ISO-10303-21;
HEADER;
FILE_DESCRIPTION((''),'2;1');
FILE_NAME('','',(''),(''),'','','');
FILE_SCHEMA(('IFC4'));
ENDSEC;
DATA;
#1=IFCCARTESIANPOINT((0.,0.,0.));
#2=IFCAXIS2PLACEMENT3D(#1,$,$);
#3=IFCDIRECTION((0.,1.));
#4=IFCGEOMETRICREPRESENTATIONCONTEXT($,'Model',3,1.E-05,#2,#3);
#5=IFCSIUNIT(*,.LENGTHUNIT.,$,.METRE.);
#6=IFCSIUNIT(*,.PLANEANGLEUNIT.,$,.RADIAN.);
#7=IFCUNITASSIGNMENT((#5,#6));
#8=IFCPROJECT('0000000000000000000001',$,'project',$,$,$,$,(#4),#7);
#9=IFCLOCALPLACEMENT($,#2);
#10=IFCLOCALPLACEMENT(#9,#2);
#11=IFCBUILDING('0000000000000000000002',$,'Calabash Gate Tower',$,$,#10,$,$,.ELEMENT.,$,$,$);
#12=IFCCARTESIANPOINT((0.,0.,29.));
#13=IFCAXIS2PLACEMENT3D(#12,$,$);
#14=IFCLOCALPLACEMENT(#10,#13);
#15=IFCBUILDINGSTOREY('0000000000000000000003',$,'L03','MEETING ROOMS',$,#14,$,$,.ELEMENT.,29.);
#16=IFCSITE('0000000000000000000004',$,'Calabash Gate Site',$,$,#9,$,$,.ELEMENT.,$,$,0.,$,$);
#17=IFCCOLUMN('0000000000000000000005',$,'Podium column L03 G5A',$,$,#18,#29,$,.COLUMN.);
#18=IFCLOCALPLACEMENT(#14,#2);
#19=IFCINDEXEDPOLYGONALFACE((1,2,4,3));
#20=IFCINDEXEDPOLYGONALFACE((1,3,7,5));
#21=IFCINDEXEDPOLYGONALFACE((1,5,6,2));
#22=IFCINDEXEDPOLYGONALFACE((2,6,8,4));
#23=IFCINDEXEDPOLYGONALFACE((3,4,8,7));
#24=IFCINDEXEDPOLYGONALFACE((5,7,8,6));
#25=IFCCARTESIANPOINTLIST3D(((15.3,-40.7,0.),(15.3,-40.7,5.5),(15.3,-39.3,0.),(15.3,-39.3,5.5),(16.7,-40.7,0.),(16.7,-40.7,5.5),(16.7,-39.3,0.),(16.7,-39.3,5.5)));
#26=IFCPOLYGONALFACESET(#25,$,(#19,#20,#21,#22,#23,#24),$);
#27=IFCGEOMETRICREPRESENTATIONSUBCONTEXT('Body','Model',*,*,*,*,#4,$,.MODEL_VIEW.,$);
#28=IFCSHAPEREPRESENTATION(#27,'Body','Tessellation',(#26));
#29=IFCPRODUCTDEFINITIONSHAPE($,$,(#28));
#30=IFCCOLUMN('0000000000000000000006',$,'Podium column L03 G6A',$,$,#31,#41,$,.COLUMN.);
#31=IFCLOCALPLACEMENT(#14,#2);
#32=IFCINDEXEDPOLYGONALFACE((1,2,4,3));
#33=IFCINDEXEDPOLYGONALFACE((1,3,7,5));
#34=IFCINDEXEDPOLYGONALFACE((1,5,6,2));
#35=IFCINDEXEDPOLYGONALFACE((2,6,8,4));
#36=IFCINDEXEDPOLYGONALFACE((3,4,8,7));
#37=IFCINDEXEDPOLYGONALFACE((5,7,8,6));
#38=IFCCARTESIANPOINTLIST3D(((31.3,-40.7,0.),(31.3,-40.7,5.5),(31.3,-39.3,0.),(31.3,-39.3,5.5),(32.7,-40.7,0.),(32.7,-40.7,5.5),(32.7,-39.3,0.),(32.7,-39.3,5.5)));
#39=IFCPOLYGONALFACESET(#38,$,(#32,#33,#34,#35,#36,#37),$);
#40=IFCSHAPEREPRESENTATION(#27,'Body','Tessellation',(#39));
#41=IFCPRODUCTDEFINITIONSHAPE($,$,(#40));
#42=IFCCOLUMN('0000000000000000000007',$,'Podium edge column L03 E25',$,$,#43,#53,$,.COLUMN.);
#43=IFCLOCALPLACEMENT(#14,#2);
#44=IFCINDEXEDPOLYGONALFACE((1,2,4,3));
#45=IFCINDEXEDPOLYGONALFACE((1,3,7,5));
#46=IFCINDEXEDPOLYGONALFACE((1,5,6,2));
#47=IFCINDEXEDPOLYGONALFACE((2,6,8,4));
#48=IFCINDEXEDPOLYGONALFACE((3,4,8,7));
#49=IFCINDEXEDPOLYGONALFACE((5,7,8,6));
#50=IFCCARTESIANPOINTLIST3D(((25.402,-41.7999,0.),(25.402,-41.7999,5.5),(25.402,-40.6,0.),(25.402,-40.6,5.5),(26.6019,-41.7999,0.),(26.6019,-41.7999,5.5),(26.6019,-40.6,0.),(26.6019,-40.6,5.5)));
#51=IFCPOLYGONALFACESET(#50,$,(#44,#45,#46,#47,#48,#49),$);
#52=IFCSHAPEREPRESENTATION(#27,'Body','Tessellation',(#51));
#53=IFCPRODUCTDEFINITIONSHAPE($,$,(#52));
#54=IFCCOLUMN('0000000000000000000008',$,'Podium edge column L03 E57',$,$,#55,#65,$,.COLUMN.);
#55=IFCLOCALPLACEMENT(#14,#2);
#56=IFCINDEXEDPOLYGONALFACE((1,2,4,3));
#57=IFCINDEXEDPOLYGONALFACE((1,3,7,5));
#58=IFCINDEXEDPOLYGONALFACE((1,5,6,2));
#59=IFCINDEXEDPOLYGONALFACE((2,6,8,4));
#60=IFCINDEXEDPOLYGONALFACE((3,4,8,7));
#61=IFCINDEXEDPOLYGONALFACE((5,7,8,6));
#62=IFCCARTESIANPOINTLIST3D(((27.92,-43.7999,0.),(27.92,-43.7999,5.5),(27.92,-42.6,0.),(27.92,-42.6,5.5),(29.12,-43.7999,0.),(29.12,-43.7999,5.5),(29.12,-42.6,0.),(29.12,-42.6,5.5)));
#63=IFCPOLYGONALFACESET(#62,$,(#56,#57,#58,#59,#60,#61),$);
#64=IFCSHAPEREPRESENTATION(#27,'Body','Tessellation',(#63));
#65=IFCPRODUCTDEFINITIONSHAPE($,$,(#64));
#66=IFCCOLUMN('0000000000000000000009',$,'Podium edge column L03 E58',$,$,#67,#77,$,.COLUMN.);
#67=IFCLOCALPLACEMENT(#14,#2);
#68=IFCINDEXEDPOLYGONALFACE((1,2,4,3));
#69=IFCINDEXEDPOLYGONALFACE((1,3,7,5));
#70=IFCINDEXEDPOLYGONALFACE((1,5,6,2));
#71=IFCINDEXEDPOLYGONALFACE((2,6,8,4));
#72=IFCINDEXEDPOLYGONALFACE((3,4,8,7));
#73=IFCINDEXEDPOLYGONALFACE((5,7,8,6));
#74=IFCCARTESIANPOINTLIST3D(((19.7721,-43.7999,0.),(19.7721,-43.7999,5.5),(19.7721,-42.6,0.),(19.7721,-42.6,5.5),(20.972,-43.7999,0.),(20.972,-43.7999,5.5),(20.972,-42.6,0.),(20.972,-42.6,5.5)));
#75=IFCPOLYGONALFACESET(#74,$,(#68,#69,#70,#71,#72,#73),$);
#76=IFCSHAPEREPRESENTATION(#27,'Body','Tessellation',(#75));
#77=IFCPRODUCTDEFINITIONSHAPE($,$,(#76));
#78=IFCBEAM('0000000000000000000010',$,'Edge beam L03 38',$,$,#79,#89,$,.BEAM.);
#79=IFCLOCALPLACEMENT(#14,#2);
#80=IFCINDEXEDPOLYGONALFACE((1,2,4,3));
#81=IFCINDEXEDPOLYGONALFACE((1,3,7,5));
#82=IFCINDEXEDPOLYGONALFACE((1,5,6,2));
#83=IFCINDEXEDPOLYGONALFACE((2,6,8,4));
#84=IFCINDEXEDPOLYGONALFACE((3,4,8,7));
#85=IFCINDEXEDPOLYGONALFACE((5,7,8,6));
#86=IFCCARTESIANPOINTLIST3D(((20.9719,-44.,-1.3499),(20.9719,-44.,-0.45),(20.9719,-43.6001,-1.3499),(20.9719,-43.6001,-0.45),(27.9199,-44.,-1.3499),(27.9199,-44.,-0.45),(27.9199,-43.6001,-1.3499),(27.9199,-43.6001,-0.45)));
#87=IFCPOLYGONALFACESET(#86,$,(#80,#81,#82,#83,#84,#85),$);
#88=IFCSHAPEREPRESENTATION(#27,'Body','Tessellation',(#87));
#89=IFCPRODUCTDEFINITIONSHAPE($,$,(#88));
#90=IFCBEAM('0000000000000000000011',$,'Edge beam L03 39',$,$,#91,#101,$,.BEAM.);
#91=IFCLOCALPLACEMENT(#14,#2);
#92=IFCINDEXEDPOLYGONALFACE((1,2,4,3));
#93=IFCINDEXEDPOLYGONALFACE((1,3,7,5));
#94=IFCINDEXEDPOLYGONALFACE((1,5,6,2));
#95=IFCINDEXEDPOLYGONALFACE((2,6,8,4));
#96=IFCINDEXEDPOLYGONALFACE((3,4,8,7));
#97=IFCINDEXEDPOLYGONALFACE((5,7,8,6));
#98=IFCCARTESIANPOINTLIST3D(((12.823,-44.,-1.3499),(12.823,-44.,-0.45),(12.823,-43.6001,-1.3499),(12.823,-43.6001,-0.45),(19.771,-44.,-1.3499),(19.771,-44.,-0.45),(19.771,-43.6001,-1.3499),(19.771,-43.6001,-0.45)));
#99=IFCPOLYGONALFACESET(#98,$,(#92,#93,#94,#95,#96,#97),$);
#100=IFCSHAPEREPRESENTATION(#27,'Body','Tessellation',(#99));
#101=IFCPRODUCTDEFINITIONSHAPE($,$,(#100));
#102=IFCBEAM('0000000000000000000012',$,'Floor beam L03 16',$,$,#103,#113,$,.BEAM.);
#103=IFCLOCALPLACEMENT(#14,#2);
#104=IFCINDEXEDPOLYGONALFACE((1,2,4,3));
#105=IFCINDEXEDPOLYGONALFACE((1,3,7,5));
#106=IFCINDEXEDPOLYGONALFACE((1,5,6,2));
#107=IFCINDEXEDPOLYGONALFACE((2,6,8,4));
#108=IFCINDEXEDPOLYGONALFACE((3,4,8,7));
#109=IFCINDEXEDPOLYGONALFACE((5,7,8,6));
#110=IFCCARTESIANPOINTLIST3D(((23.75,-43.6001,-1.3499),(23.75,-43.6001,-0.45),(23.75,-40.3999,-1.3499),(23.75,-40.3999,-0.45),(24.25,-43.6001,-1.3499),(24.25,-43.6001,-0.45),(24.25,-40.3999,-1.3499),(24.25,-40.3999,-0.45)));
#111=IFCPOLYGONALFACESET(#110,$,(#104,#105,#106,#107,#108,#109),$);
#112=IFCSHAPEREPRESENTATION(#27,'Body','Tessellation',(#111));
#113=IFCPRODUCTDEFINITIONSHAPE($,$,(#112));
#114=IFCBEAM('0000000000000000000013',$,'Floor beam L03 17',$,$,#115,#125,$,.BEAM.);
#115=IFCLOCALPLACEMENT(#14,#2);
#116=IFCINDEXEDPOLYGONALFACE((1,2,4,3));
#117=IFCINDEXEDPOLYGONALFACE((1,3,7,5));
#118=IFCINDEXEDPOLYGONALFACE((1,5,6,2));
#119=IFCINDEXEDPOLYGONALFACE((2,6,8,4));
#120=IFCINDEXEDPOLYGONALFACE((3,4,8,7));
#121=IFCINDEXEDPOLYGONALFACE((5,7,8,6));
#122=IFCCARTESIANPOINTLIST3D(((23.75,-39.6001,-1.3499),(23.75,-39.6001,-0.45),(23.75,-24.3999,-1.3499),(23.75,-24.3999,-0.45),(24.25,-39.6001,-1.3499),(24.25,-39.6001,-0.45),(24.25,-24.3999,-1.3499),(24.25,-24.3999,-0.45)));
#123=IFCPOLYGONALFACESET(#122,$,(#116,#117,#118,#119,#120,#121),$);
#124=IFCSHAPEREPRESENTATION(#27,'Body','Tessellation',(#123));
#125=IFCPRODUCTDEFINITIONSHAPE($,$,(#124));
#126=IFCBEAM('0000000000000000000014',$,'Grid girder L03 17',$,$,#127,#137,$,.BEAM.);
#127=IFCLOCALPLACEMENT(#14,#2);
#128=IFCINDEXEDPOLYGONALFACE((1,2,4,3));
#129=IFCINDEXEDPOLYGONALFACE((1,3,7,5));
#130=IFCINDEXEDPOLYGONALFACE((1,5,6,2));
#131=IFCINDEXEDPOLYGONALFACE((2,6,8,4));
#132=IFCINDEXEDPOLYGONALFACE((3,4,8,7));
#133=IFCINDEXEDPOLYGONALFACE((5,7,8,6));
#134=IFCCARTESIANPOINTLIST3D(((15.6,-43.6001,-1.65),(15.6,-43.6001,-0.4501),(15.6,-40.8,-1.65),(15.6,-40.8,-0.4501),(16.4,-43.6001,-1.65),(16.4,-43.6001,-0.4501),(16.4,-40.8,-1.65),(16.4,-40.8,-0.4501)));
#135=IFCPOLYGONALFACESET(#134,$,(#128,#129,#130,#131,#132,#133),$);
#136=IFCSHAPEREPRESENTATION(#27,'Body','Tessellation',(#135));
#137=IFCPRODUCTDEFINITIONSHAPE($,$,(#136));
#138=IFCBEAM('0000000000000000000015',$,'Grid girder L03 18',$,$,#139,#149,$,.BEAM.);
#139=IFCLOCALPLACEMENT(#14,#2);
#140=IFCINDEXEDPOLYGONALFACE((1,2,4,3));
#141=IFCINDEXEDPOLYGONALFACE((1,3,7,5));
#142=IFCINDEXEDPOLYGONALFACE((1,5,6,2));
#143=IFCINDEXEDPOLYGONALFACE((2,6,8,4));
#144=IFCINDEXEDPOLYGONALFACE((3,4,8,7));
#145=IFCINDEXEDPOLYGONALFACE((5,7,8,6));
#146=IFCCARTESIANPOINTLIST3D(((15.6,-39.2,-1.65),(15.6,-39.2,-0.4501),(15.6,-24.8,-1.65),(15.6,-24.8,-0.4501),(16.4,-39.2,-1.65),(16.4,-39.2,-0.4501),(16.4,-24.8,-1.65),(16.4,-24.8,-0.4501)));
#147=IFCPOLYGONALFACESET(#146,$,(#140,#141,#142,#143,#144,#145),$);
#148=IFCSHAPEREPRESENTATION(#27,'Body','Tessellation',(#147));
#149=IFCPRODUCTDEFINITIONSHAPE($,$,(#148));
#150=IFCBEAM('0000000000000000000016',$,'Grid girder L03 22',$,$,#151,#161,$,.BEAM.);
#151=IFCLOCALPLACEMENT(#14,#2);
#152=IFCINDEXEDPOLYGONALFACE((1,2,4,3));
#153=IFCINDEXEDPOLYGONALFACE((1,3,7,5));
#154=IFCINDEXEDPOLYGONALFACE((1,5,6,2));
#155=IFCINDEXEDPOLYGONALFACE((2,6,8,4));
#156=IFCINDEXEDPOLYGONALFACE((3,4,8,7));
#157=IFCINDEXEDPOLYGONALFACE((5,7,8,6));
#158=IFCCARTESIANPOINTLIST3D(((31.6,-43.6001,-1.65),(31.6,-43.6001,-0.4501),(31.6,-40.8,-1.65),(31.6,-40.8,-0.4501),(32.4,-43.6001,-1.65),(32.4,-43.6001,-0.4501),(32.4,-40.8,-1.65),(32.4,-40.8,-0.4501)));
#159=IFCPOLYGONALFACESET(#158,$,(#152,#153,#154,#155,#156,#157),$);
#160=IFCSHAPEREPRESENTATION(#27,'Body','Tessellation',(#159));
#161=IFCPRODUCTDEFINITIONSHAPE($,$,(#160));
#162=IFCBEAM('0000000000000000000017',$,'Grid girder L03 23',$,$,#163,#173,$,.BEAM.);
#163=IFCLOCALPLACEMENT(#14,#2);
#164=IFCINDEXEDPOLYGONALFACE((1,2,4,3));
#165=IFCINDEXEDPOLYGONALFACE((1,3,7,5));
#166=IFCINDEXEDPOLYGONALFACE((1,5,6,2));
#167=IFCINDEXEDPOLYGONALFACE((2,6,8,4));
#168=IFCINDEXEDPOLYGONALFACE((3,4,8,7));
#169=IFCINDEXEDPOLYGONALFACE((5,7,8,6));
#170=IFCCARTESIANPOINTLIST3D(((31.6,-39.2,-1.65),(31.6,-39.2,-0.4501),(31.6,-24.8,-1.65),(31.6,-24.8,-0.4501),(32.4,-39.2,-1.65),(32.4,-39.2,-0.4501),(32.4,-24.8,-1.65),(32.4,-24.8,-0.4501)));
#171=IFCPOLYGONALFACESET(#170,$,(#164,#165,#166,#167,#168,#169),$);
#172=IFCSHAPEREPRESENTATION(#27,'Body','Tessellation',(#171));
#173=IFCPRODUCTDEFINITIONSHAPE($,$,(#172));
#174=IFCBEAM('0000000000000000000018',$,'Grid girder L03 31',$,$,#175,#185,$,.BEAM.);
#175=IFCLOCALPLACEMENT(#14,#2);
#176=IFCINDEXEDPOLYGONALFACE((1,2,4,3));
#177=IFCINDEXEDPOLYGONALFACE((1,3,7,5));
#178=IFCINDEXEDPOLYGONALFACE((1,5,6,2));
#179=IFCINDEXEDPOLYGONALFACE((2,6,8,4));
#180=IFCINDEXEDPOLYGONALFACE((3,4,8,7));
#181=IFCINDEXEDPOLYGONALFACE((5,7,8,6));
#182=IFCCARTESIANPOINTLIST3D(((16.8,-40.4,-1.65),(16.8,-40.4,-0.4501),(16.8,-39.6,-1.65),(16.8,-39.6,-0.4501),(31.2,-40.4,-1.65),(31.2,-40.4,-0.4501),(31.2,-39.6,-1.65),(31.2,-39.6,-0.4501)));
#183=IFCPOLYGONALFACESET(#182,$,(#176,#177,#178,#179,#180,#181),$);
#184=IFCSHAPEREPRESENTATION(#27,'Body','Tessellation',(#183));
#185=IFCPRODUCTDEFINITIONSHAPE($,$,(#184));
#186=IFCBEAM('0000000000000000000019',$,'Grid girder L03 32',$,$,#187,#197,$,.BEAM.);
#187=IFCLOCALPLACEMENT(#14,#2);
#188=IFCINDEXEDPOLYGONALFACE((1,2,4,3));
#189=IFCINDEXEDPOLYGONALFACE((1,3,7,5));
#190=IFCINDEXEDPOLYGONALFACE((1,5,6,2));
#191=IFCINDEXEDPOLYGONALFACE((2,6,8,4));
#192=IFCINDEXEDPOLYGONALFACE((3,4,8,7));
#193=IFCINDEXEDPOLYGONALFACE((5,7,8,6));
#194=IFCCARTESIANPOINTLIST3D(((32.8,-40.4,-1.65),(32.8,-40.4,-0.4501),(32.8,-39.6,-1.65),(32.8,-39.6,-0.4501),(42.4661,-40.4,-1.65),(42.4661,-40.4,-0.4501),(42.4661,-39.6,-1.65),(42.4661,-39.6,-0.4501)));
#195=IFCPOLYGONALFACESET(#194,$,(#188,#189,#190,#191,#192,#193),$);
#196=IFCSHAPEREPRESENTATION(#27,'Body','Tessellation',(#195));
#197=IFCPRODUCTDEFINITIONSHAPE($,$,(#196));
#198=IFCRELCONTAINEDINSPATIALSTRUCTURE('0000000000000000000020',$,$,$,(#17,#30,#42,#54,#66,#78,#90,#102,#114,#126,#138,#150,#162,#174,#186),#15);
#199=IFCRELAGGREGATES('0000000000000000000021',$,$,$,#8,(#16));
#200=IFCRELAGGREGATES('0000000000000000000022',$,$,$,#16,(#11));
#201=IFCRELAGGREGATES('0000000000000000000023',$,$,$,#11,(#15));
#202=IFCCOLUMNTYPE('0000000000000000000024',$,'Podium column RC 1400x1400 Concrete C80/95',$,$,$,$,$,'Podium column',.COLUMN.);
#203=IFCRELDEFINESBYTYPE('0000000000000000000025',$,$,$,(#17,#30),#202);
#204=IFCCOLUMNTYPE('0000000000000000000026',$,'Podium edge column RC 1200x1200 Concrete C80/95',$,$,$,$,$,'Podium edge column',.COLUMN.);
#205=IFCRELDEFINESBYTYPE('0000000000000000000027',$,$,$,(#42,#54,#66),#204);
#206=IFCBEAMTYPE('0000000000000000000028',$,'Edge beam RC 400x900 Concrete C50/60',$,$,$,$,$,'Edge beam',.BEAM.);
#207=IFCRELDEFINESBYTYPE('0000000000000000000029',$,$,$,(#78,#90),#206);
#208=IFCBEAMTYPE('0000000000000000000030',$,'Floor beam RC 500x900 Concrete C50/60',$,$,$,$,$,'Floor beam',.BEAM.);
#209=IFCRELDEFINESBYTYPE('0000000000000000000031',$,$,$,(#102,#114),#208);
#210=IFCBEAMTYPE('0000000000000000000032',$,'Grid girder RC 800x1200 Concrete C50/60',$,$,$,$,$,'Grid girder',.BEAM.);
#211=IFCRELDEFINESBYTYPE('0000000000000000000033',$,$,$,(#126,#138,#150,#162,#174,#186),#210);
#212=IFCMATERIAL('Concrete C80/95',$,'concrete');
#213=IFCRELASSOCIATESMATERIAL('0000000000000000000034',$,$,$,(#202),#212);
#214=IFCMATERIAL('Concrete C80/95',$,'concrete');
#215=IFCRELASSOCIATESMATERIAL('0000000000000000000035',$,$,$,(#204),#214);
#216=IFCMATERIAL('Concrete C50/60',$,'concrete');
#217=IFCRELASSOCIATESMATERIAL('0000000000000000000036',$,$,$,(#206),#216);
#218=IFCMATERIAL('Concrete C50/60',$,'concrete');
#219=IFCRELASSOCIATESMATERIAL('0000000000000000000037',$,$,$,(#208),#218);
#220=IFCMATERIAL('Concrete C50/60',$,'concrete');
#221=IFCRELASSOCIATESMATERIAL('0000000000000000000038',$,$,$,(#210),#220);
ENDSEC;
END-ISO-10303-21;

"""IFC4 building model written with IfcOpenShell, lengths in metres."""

from ifc_helpers import new_model, si_unit, direction, frame, origin, origin_2d, place, context, subcontext, project, spatial, rectangle, extrude, material, material_profile, profile_set, type_object, element, save


model = new_model("IFC4")

# Units and contexts
model_context = context("Model", 3, precision=1e-05, world=origin(), true_north=direction((0.0, 1.0)))
body_context = subcontext(model_context, "Body", "Model", "MODEL_VIEW")
ifc_project = project(units=[si_unit("LENGTHUNIT", "METRE"), si_unit("PLANEANGLEUNIT", "RADIAN")], contexts=[model_context])

# Site, building, storey
site_placement = place(None, origin())
site = spatial("IfcSite", under=ifc_project, at=site_placement, Name="Calabash Gate Site", CompositionType="ELEMENT", RefElevation=0.0)
building_placement = place(site_placement, origin())
building = spatial("IfcBuilding", under=site, at=building_placement, Name="Calabash Gate Tower", CompositionType="ELEMENT")
storey_placement = place(building_placement, frame((0.0, 0.0, 29.0)))
storey = spatial("IfcBuildingStorey", under=building, at=storey_placement, Name="L03", Description="MEETING ROOMS", CompositionType="ELEMENT", Elevation=29.0)

# Columns
ifc_material_1 = material(Name="Concrete C80/95", Category="concrete")
ifc_material_profile_1 = material_profile(ifc_material_1, rectangle(XDim=1.3999, YDim=1.3999, at=origin_2d()))
ifc_profile_set_1 = profile_set([ifc_material_profile_1], Name="Concrete C80/95")
column_type_1 = type_object("IfcColumnType", Name="Podium column RC 1400x1400 Concrete C80/95", ElementType="Podium column", PredefinedType="COLUMN", material=ifc_profile_set_1)
for number, where, z_axis, x_axis, name in (
    (1, (16.0, -40.0, 0.0), (0.0, 0.0, 1.0), (1.0, 0.0, 0.0), "Podium column L03 G5A"),
    (2, (32.0, -40.0, 0.0), (0.0, 0.0, 1.0), (1.0, 0.0, 0.0), "Podium column L03 G6A"),
):
    element("IfcColumn", number, at=place(storey_placement, frame(where, z_axis=z_axis, x_axis=x_axis)), inside=storey, type_object=column_type_1, Name=name, PredefinedType="COLUMN", context=body_context, shape_type="SweptSolid", body=[
        extrude(rectangle(XDim=1.3999, YDim=1.3999, at=origin_2d()), origin(), (0.0, 0.0, 1.0), 5.5),
    ])
ifc_material_2 = material(Name="Concrete C80/95", Category="concrete")
ifc_material_profile_2 = material_profile(ifc_material_2, rectangle(XDim=1.2, YDim=1.2, at=origin_2d()))
ifc_profile_set_2 = profile_set([ifc_material_profile_2], Name="Concrete C80/95")
column_type_2 = type_object("IfcColumnType", Name="Podium edge column RC 1200x1200 Concrete C80/95", ElementType="Podium edge column", PredefinedType="COLUMN", material=ifc_profile_set_2)
for number, where, z_axis, x_axis, name in (
    (3, (26.002, -41.2, 0.0), (0.0, 0.0, 1.0), (1.0, 0.0, 0.0), "Podium edge column L03 E25"),
    (4, (28.52, -43.2, 0.0), (0.0, 0.0, 1.0), (1.0, 0.0, 0.0), "Podium edge column L03 E57"),
    (5, (20.3721, -43.2, 0.0), (0.0, 0.0, 1.0), (1.0, 0.0, 0.0), "Podium edge column L03 E58"),
):
    element("IfcColumn", number, at=place(storey_placement, frame(where, z_axis=z_axis, x_axis=x_axis)), inside=storey, type_object=column_type_2, Name=name, PredefinedType="COLUMN", context=body_context, shape_type="SweptSolid", body=[
        extrude(rectangle(XDim=1.2, YDim=1.2, at=origin_2d()), origin(), (0.0, 0.0, 1.0), 5.5),
    ])

# Beams
ifc_material_3 = material(Name="Concrete C50/60", Category="concrete")
ifc_material_profile_3 = material_profile(ifc_material_3, rectangle(XDim=0.3999, YDim=0.8999, at=origin_2d()))
ifc_profile_set_3 = profile_set([ifc_material_profile_3], Name="Concrete C50/60")
beam_type_1 = type_object("IfcBeamType", Name="Edge beam RC 400x900 Concrete C50/60", ElementType="Edge beam", PredefinedType="BEAM", material=ifc_profile_set_3)
for number, where, z_axis, x_axis, name in (
    (6, (27.9199, -43.8, -0.8999), (-1.0, 0.0, 0.0), (0.0, -1.0, 0.0), "Edge beam L03 38"),
    (7, (19.771, -43.8, -0.8999), (-1.0, 0.0, 0.0), (0.0, -1.0, 0.0), "Edge beam L03 39"),
):
    element("IfcBeam", number, at=place(storey_placement, frame(where, z_axis=z_axis, x_axis=x_axis)), inside=storey, type_object=beam_type_1, Name=name, PredefinedType="BEAM", context=body_context, shape_type="SweptSolid", body=[
        extrude(rectangle(XDim=0.3999, YDim=0.8999, at=origin_2d()), origin(), (0.0, 0.0, 1.0), 6.948),
    ])
ifc_material_4 = material(Name="Concrete C50/60", Category="concrete")
ifc_material_profile_4 = material_profile(ifc_material_4, rectangle(XDim=0.5, YDim=0.8999, at=origin_2d()))
ifc_profile_set_4 = profile_set([ifc_material_profile_4], Name="Concrete C50/60")
beam_type_2 = type_object("IfcBeamType", Name="Floor beam RC 500x900 Concrete C50/60", ElementType="Floor beam", PredefinedType="BEAM", material=ifc_profile_set_4)
beam_1_placement = place(storey_placement, frame((24.0, -43.6001, -0.8999), z_axis=(0.0, 1.0, 0.0), x_axis=(-1.0, 0.0, 0.0)))
element("IfcBeam", 8, at=beam_1_placement, inside=storey, type_object=beam_type_2, Name="Floor beam L03 16", PredefinedType="BEAM", context=body_context, shape_type="SweptSolid", body=[
    extrude(rectangle(XDim=0.5, YDim=0.8999, at=origin_2d()), origin(), (0.0, 0.0, 1.0), 3.2002),
])
beam_2_placement = place(storey_placement, frame((24.0, -39.6001, -0.8999), z_axis=(0.0, 1.0, 0.0), x_axis=(-1.0, 0.0, 0.0)))
element("IfcBeam", 9, at=beam_2_placement, inside=storey, type_object=beam_type_2, Name="Floor beam L03 17", PredefinedType="BEAM", context=body_context, shape_type="SweptSolid", body=[
    extrude(rectangle(XDim=0.5, YDim=0.8999, at=origin_2d()), origin(), (0.0, 0.0, 1.0), 15.2002),
])
ifc_material_5 = material(Name="Concrete C50/60", Category="concrete")
ifc_material_profile_5 = material_profile(ifc_material_5, rectangle(XDim=0.8, YDim=1.2, at=origin_2d()))
ifc_profile_set_5 = profile_set([ifc_material_profile_5], Name="Concrete C50/60")
beam_type_3 = type_object("IfcBeamType", Name="Grid girder RC 800x1200 Concrete C50/60", ElementType="Grid girder", PredefinedType="BEAM", material=ifc_profile_set_5)
beam_3_placement = place(storey_placement, frame((16.0, -43.6001, -1.05), z_axis=(0.0, 1.0, 0.0), x_axis=(-1.0, 0.0, 0.0)))
element("IfcBeam", 10, at=beam_3_placement, inside=storey, type_object=beam_type_3, Name="Grid girder L03 17", PredefinedType="BEAM", context=body_context, shape_type="SweptSolid", body=[
    extrude(rectangle(XDim=0.8, YDim=1.2, at=origin_2d()), origin(), (0.0, 0.0, 1.0), 2.8),
])
beam_4_placement = place(storey_placement, frame((16.0, -39.2, -1.05), z_axis=(0.0, 1.0, 0.0), x_axis=(-1.0, 0.0, 0.0)))
element("IfcBeam", 11, at=beam_4_placement, inside=storey, type_object=beam_type_3, Name="Grid girder L03 18", PredefinedType="BEAM", context=body_context, shape_type="SweptSolid", body=[
    extrude(rectangle(XDim=0.8, YDim=1.2, at=origin_2d()), origin(), (0.0, 0.0, 1.0), 14.3999),
])
beam_5_placement = place(storey_placement, frame((32.0, -43.6001, -1.05), z_axis=(0.0, 1.0, 0.0), x_axis=(-1.0, 0.0, 0.0)))
element("IfcBeam", 12, at=beam_5_placement, inside=storey, type_object=beam_type_3, Name="Grid girder L03 22", PredefinedType="BEAM", context=body_context, shape_type="SweptSolid", body=[
    extrude(rectangle(XDim=0.8, YDim=1.2, at=origin_2d()), origin(), (0.0, 0.0, 1.0), 2.8),
])
for number, where, z_axis, x_axis, name in (
    (13, (32.0, -39.2, -1.05), (0.0, 1.0, 0.0), (-1.0, 0.0, 0.0), "Grid girder L03 23"),
    (14, (16.8, -40.0, -1.05), (1.0, 0.0, 0.0), (0.0, 1.0, 0.0), "Grid girder L03 31"),
):
    element("IfcBeam", number, at=place(storey_placement, frame(where, z_axis=z_axis, x_axis=x_axis)), inside=storey, type_object=beam_type_3, Name=name, PredefinedType="BEAM", context=body_context, shape_type="SweptSolid", body=[
        extrude(rectangle(XDim=0.8, YDim=1.2, at=origin_2d()), origin(), (0.0, 0.0, 1.0), 14.3999),
    ])
beam_6_placement = place(storey_placement, frame((32.8, -40.0, -1.05), z_axis=(1.0, 0.0, 0.0), x_axis=(0.0, 1.0, 0.0)))
element("IfcBeam", 15, at=beam_6_placement, inside=storey, type_object=beam_type_3, Name="Grid girder L03 32", PredefinedType="BEAM", context=body_context, shape_type="SweptSolid", body=[
    extrude(rectangle(XDim=0.8, YDim=1.2, at=origin_2d()), origin(), (0.0, 0.0, 1.0), 9.666),
])

save(model, "model.ifc")
